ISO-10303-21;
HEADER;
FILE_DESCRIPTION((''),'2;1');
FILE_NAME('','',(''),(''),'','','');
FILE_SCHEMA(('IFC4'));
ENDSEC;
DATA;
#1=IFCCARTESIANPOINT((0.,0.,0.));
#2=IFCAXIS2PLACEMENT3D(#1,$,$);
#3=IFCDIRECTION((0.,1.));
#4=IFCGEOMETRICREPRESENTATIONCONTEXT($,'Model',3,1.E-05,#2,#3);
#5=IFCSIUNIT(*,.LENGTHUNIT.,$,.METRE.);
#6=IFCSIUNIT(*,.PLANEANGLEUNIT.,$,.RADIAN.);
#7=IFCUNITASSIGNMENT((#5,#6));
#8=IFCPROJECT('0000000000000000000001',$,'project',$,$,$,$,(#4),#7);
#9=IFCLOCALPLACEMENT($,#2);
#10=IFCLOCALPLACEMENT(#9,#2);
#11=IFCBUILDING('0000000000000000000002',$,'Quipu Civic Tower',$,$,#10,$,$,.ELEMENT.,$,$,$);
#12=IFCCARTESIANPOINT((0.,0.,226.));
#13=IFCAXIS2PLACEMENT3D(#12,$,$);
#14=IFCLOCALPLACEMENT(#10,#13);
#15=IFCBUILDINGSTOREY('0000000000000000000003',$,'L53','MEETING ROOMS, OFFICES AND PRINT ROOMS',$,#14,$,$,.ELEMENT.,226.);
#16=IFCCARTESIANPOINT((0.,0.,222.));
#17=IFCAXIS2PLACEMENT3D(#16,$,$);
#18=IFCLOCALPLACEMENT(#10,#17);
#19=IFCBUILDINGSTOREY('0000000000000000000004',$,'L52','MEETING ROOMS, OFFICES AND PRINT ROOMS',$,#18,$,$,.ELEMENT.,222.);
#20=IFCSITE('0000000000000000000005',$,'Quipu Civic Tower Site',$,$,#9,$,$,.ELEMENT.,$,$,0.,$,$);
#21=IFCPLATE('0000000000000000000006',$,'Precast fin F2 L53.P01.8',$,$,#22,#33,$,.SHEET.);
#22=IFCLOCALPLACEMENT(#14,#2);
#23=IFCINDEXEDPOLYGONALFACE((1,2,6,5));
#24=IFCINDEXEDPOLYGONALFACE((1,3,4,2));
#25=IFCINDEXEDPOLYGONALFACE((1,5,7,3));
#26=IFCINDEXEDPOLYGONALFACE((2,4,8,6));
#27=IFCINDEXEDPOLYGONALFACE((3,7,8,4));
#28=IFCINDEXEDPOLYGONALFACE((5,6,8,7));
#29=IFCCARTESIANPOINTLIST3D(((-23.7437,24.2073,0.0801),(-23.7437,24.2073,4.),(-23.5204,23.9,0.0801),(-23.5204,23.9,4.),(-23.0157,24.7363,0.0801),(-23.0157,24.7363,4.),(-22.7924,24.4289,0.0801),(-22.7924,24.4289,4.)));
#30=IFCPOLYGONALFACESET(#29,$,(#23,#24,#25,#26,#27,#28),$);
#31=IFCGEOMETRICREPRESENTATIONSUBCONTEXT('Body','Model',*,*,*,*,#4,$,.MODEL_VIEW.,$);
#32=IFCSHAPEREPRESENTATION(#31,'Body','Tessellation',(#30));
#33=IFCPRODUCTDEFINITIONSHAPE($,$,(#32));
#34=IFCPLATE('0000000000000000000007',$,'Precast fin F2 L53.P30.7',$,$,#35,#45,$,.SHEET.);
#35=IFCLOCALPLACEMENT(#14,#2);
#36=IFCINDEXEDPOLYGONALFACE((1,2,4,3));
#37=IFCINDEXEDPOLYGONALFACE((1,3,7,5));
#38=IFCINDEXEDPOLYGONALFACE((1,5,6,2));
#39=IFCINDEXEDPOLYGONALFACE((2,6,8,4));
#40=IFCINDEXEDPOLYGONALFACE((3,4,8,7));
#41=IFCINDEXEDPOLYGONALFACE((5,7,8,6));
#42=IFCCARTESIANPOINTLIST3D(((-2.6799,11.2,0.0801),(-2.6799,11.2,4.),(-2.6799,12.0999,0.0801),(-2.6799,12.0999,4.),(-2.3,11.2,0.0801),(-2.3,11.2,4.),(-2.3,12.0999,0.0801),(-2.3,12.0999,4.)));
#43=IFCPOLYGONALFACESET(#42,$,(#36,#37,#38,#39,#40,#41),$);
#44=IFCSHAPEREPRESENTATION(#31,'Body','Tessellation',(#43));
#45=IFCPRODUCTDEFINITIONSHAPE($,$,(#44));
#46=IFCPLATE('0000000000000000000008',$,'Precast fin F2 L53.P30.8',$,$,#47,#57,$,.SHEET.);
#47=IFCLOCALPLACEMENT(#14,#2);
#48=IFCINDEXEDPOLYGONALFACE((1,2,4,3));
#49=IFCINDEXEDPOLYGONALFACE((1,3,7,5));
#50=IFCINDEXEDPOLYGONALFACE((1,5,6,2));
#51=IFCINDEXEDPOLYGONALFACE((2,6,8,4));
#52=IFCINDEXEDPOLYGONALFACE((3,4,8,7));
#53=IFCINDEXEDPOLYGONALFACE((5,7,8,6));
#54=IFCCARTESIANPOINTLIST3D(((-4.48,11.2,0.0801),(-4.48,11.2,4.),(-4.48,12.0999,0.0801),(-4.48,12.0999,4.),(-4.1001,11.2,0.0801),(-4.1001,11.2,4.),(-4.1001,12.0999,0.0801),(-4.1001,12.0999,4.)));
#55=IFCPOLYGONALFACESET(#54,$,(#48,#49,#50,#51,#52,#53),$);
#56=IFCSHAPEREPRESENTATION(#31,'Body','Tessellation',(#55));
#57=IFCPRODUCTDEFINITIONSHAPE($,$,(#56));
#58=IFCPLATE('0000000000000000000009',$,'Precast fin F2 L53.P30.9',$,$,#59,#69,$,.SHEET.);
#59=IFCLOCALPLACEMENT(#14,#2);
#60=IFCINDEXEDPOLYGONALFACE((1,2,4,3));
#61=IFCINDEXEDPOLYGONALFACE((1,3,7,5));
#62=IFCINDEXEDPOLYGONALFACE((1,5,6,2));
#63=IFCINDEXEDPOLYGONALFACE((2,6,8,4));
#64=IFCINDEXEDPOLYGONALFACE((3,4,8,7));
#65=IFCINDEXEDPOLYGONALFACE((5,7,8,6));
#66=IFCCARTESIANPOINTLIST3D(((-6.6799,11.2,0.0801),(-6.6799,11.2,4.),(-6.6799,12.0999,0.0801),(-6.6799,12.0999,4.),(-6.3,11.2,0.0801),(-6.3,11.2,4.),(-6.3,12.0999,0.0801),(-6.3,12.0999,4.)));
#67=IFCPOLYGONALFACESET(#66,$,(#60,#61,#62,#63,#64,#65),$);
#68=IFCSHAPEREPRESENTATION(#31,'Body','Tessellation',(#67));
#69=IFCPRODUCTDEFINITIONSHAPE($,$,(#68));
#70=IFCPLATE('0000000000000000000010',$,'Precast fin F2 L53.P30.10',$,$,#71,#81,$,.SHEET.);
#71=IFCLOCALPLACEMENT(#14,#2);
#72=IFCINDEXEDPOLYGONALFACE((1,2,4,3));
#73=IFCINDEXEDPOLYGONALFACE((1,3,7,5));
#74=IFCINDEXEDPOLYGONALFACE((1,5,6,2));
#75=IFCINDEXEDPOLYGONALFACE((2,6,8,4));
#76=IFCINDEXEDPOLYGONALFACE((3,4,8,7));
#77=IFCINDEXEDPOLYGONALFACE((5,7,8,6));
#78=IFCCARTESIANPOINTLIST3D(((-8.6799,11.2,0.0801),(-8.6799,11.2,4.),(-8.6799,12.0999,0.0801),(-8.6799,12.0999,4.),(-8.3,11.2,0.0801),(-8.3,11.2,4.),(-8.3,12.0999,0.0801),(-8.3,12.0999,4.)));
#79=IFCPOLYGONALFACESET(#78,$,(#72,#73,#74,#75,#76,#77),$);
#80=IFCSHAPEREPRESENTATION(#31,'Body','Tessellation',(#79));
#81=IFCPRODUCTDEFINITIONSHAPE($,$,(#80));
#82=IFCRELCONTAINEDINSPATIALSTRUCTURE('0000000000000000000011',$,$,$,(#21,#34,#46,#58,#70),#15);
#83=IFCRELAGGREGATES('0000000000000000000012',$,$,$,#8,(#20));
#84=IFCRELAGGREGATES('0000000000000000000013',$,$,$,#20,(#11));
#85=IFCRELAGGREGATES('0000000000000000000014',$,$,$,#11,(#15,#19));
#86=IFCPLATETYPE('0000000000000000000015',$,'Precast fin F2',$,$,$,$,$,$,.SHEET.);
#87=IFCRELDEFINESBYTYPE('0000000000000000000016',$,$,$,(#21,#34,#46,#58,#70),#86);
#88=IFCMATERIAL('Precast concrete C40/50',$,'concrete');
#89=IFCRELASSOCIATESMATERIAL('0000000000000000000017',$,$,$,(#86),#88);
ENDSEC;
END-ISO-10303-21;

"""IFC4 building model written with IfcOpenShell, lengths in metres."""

from ifc_helpers import new_model, si_unit, direction, frame, origin, origin_2d, place, context, subcontext, project, spatial, rectangle, extrude, material, type_object, element, save


model = new_model("IFC4")

# Units and contexts
model_context = context("Model", 3, precision=1e-05, world=origin(), true_north=direction((0.0, 1.0)))
body_context = subcontext(model_context, "Body", "Model", "MODEL_VIEW")
ifc_project = project(units=[si_unit("LENGTHUNIT", "METRE"), si_unit("PLANEANGLEUNIT", "RADIAN")], contexts=[model_context])

# Site, building, storey
site_placement = place(None, origin())
site = spatial("IfcSite", under=ifc_project, at=site_placement, Name="Quipu Civic Tower Site", CompositionType="ELEMENT", RefElevation=0.0)
building_placement = place(site_placement, origin())
building = spatial("IfcBuilding", under=site, at=building_placement, Name="Quipu Civic Tower", CompositionType="ELEMENT")
storey_1_placement = place(building_placement, frame((0.0, 0.0, 226.0)))
storey_1 = spatial("IfcBuildingStorey", under=building, at=storey_1_placement, Name="L53", Description="MEETING ROOMS, OFFICES AND PRINT ROOMS", CompositionType="ELEMENT", Elevation=226.0)

# Shared definitions
storey_2_placement = place(building_placement, frame((0.0, 0.0, 222.0)))
storey_2 = spatial("IfcBuildingStorey", under=building, at=storey_2_placement, Name="L52", Description="MEETING ROOMS, OFFICES AND PRINT ROOMS", CompositionType="ELEMENT", Elevation=222.0)

# Plates
ifc_material_1 = material(Name="Precast concrete C40/50", Category="concrete")
plate_type_1 = type_object("IfcPlateType", Name="Precast fin F2", PredefinedType="SHEET", material=ifc_material_1)
for number, where, z_axis, x_axis, name in (
    (1, (-23.2681, 24.3181, 0.0801), (0.0, 0.0, 1.0), (-0.587787, 0.809016, 0.0), "Precast fin F2 L53.P01.8"),
    (2, (-2.49, 11.6499, 0.0801), (0.0, 0.0, 1.0), (-1.0, 0.0, 0.0), "Precast fin F2 L53.P30.7"),
    (3, (-4.29, 11.6499, 0.0801), (0.0, 0.0, 1.0), (-1.0, 0.0, 0.0), "Precast fin F2 L53.P30.8"),
    (4, (-6.49, 11.6499, 0.0801), (0.0, 0.0, 1.0), (-1.0, 0.0, 0.0), "Precast fin F2 L53.P30.9"),
    (5, (-8.49, 11.6499, 0.0801), (0.0, 0.0, 1.0), (-1.0, 0.0, 0.0), "Precast fin F2 L53.P30.10"),
):
    element("IfcPlate", number, at=place(storey_1_placement, frame(where, z_axis=z_axis, x_axis=x_axis)), inside=storey_1, type_object=plate_type_1, Name=name, PredefinedType="SHEET", context=body_context, shape_type="SweptSolid", body=[
        extrude(rectangle(XDim=0.3799, YDim=0.8999, at=origin_2d()), origin(), (0.0, 0.0, 1.0), 3.9199),
    ])

save(model, "model.ifc")
